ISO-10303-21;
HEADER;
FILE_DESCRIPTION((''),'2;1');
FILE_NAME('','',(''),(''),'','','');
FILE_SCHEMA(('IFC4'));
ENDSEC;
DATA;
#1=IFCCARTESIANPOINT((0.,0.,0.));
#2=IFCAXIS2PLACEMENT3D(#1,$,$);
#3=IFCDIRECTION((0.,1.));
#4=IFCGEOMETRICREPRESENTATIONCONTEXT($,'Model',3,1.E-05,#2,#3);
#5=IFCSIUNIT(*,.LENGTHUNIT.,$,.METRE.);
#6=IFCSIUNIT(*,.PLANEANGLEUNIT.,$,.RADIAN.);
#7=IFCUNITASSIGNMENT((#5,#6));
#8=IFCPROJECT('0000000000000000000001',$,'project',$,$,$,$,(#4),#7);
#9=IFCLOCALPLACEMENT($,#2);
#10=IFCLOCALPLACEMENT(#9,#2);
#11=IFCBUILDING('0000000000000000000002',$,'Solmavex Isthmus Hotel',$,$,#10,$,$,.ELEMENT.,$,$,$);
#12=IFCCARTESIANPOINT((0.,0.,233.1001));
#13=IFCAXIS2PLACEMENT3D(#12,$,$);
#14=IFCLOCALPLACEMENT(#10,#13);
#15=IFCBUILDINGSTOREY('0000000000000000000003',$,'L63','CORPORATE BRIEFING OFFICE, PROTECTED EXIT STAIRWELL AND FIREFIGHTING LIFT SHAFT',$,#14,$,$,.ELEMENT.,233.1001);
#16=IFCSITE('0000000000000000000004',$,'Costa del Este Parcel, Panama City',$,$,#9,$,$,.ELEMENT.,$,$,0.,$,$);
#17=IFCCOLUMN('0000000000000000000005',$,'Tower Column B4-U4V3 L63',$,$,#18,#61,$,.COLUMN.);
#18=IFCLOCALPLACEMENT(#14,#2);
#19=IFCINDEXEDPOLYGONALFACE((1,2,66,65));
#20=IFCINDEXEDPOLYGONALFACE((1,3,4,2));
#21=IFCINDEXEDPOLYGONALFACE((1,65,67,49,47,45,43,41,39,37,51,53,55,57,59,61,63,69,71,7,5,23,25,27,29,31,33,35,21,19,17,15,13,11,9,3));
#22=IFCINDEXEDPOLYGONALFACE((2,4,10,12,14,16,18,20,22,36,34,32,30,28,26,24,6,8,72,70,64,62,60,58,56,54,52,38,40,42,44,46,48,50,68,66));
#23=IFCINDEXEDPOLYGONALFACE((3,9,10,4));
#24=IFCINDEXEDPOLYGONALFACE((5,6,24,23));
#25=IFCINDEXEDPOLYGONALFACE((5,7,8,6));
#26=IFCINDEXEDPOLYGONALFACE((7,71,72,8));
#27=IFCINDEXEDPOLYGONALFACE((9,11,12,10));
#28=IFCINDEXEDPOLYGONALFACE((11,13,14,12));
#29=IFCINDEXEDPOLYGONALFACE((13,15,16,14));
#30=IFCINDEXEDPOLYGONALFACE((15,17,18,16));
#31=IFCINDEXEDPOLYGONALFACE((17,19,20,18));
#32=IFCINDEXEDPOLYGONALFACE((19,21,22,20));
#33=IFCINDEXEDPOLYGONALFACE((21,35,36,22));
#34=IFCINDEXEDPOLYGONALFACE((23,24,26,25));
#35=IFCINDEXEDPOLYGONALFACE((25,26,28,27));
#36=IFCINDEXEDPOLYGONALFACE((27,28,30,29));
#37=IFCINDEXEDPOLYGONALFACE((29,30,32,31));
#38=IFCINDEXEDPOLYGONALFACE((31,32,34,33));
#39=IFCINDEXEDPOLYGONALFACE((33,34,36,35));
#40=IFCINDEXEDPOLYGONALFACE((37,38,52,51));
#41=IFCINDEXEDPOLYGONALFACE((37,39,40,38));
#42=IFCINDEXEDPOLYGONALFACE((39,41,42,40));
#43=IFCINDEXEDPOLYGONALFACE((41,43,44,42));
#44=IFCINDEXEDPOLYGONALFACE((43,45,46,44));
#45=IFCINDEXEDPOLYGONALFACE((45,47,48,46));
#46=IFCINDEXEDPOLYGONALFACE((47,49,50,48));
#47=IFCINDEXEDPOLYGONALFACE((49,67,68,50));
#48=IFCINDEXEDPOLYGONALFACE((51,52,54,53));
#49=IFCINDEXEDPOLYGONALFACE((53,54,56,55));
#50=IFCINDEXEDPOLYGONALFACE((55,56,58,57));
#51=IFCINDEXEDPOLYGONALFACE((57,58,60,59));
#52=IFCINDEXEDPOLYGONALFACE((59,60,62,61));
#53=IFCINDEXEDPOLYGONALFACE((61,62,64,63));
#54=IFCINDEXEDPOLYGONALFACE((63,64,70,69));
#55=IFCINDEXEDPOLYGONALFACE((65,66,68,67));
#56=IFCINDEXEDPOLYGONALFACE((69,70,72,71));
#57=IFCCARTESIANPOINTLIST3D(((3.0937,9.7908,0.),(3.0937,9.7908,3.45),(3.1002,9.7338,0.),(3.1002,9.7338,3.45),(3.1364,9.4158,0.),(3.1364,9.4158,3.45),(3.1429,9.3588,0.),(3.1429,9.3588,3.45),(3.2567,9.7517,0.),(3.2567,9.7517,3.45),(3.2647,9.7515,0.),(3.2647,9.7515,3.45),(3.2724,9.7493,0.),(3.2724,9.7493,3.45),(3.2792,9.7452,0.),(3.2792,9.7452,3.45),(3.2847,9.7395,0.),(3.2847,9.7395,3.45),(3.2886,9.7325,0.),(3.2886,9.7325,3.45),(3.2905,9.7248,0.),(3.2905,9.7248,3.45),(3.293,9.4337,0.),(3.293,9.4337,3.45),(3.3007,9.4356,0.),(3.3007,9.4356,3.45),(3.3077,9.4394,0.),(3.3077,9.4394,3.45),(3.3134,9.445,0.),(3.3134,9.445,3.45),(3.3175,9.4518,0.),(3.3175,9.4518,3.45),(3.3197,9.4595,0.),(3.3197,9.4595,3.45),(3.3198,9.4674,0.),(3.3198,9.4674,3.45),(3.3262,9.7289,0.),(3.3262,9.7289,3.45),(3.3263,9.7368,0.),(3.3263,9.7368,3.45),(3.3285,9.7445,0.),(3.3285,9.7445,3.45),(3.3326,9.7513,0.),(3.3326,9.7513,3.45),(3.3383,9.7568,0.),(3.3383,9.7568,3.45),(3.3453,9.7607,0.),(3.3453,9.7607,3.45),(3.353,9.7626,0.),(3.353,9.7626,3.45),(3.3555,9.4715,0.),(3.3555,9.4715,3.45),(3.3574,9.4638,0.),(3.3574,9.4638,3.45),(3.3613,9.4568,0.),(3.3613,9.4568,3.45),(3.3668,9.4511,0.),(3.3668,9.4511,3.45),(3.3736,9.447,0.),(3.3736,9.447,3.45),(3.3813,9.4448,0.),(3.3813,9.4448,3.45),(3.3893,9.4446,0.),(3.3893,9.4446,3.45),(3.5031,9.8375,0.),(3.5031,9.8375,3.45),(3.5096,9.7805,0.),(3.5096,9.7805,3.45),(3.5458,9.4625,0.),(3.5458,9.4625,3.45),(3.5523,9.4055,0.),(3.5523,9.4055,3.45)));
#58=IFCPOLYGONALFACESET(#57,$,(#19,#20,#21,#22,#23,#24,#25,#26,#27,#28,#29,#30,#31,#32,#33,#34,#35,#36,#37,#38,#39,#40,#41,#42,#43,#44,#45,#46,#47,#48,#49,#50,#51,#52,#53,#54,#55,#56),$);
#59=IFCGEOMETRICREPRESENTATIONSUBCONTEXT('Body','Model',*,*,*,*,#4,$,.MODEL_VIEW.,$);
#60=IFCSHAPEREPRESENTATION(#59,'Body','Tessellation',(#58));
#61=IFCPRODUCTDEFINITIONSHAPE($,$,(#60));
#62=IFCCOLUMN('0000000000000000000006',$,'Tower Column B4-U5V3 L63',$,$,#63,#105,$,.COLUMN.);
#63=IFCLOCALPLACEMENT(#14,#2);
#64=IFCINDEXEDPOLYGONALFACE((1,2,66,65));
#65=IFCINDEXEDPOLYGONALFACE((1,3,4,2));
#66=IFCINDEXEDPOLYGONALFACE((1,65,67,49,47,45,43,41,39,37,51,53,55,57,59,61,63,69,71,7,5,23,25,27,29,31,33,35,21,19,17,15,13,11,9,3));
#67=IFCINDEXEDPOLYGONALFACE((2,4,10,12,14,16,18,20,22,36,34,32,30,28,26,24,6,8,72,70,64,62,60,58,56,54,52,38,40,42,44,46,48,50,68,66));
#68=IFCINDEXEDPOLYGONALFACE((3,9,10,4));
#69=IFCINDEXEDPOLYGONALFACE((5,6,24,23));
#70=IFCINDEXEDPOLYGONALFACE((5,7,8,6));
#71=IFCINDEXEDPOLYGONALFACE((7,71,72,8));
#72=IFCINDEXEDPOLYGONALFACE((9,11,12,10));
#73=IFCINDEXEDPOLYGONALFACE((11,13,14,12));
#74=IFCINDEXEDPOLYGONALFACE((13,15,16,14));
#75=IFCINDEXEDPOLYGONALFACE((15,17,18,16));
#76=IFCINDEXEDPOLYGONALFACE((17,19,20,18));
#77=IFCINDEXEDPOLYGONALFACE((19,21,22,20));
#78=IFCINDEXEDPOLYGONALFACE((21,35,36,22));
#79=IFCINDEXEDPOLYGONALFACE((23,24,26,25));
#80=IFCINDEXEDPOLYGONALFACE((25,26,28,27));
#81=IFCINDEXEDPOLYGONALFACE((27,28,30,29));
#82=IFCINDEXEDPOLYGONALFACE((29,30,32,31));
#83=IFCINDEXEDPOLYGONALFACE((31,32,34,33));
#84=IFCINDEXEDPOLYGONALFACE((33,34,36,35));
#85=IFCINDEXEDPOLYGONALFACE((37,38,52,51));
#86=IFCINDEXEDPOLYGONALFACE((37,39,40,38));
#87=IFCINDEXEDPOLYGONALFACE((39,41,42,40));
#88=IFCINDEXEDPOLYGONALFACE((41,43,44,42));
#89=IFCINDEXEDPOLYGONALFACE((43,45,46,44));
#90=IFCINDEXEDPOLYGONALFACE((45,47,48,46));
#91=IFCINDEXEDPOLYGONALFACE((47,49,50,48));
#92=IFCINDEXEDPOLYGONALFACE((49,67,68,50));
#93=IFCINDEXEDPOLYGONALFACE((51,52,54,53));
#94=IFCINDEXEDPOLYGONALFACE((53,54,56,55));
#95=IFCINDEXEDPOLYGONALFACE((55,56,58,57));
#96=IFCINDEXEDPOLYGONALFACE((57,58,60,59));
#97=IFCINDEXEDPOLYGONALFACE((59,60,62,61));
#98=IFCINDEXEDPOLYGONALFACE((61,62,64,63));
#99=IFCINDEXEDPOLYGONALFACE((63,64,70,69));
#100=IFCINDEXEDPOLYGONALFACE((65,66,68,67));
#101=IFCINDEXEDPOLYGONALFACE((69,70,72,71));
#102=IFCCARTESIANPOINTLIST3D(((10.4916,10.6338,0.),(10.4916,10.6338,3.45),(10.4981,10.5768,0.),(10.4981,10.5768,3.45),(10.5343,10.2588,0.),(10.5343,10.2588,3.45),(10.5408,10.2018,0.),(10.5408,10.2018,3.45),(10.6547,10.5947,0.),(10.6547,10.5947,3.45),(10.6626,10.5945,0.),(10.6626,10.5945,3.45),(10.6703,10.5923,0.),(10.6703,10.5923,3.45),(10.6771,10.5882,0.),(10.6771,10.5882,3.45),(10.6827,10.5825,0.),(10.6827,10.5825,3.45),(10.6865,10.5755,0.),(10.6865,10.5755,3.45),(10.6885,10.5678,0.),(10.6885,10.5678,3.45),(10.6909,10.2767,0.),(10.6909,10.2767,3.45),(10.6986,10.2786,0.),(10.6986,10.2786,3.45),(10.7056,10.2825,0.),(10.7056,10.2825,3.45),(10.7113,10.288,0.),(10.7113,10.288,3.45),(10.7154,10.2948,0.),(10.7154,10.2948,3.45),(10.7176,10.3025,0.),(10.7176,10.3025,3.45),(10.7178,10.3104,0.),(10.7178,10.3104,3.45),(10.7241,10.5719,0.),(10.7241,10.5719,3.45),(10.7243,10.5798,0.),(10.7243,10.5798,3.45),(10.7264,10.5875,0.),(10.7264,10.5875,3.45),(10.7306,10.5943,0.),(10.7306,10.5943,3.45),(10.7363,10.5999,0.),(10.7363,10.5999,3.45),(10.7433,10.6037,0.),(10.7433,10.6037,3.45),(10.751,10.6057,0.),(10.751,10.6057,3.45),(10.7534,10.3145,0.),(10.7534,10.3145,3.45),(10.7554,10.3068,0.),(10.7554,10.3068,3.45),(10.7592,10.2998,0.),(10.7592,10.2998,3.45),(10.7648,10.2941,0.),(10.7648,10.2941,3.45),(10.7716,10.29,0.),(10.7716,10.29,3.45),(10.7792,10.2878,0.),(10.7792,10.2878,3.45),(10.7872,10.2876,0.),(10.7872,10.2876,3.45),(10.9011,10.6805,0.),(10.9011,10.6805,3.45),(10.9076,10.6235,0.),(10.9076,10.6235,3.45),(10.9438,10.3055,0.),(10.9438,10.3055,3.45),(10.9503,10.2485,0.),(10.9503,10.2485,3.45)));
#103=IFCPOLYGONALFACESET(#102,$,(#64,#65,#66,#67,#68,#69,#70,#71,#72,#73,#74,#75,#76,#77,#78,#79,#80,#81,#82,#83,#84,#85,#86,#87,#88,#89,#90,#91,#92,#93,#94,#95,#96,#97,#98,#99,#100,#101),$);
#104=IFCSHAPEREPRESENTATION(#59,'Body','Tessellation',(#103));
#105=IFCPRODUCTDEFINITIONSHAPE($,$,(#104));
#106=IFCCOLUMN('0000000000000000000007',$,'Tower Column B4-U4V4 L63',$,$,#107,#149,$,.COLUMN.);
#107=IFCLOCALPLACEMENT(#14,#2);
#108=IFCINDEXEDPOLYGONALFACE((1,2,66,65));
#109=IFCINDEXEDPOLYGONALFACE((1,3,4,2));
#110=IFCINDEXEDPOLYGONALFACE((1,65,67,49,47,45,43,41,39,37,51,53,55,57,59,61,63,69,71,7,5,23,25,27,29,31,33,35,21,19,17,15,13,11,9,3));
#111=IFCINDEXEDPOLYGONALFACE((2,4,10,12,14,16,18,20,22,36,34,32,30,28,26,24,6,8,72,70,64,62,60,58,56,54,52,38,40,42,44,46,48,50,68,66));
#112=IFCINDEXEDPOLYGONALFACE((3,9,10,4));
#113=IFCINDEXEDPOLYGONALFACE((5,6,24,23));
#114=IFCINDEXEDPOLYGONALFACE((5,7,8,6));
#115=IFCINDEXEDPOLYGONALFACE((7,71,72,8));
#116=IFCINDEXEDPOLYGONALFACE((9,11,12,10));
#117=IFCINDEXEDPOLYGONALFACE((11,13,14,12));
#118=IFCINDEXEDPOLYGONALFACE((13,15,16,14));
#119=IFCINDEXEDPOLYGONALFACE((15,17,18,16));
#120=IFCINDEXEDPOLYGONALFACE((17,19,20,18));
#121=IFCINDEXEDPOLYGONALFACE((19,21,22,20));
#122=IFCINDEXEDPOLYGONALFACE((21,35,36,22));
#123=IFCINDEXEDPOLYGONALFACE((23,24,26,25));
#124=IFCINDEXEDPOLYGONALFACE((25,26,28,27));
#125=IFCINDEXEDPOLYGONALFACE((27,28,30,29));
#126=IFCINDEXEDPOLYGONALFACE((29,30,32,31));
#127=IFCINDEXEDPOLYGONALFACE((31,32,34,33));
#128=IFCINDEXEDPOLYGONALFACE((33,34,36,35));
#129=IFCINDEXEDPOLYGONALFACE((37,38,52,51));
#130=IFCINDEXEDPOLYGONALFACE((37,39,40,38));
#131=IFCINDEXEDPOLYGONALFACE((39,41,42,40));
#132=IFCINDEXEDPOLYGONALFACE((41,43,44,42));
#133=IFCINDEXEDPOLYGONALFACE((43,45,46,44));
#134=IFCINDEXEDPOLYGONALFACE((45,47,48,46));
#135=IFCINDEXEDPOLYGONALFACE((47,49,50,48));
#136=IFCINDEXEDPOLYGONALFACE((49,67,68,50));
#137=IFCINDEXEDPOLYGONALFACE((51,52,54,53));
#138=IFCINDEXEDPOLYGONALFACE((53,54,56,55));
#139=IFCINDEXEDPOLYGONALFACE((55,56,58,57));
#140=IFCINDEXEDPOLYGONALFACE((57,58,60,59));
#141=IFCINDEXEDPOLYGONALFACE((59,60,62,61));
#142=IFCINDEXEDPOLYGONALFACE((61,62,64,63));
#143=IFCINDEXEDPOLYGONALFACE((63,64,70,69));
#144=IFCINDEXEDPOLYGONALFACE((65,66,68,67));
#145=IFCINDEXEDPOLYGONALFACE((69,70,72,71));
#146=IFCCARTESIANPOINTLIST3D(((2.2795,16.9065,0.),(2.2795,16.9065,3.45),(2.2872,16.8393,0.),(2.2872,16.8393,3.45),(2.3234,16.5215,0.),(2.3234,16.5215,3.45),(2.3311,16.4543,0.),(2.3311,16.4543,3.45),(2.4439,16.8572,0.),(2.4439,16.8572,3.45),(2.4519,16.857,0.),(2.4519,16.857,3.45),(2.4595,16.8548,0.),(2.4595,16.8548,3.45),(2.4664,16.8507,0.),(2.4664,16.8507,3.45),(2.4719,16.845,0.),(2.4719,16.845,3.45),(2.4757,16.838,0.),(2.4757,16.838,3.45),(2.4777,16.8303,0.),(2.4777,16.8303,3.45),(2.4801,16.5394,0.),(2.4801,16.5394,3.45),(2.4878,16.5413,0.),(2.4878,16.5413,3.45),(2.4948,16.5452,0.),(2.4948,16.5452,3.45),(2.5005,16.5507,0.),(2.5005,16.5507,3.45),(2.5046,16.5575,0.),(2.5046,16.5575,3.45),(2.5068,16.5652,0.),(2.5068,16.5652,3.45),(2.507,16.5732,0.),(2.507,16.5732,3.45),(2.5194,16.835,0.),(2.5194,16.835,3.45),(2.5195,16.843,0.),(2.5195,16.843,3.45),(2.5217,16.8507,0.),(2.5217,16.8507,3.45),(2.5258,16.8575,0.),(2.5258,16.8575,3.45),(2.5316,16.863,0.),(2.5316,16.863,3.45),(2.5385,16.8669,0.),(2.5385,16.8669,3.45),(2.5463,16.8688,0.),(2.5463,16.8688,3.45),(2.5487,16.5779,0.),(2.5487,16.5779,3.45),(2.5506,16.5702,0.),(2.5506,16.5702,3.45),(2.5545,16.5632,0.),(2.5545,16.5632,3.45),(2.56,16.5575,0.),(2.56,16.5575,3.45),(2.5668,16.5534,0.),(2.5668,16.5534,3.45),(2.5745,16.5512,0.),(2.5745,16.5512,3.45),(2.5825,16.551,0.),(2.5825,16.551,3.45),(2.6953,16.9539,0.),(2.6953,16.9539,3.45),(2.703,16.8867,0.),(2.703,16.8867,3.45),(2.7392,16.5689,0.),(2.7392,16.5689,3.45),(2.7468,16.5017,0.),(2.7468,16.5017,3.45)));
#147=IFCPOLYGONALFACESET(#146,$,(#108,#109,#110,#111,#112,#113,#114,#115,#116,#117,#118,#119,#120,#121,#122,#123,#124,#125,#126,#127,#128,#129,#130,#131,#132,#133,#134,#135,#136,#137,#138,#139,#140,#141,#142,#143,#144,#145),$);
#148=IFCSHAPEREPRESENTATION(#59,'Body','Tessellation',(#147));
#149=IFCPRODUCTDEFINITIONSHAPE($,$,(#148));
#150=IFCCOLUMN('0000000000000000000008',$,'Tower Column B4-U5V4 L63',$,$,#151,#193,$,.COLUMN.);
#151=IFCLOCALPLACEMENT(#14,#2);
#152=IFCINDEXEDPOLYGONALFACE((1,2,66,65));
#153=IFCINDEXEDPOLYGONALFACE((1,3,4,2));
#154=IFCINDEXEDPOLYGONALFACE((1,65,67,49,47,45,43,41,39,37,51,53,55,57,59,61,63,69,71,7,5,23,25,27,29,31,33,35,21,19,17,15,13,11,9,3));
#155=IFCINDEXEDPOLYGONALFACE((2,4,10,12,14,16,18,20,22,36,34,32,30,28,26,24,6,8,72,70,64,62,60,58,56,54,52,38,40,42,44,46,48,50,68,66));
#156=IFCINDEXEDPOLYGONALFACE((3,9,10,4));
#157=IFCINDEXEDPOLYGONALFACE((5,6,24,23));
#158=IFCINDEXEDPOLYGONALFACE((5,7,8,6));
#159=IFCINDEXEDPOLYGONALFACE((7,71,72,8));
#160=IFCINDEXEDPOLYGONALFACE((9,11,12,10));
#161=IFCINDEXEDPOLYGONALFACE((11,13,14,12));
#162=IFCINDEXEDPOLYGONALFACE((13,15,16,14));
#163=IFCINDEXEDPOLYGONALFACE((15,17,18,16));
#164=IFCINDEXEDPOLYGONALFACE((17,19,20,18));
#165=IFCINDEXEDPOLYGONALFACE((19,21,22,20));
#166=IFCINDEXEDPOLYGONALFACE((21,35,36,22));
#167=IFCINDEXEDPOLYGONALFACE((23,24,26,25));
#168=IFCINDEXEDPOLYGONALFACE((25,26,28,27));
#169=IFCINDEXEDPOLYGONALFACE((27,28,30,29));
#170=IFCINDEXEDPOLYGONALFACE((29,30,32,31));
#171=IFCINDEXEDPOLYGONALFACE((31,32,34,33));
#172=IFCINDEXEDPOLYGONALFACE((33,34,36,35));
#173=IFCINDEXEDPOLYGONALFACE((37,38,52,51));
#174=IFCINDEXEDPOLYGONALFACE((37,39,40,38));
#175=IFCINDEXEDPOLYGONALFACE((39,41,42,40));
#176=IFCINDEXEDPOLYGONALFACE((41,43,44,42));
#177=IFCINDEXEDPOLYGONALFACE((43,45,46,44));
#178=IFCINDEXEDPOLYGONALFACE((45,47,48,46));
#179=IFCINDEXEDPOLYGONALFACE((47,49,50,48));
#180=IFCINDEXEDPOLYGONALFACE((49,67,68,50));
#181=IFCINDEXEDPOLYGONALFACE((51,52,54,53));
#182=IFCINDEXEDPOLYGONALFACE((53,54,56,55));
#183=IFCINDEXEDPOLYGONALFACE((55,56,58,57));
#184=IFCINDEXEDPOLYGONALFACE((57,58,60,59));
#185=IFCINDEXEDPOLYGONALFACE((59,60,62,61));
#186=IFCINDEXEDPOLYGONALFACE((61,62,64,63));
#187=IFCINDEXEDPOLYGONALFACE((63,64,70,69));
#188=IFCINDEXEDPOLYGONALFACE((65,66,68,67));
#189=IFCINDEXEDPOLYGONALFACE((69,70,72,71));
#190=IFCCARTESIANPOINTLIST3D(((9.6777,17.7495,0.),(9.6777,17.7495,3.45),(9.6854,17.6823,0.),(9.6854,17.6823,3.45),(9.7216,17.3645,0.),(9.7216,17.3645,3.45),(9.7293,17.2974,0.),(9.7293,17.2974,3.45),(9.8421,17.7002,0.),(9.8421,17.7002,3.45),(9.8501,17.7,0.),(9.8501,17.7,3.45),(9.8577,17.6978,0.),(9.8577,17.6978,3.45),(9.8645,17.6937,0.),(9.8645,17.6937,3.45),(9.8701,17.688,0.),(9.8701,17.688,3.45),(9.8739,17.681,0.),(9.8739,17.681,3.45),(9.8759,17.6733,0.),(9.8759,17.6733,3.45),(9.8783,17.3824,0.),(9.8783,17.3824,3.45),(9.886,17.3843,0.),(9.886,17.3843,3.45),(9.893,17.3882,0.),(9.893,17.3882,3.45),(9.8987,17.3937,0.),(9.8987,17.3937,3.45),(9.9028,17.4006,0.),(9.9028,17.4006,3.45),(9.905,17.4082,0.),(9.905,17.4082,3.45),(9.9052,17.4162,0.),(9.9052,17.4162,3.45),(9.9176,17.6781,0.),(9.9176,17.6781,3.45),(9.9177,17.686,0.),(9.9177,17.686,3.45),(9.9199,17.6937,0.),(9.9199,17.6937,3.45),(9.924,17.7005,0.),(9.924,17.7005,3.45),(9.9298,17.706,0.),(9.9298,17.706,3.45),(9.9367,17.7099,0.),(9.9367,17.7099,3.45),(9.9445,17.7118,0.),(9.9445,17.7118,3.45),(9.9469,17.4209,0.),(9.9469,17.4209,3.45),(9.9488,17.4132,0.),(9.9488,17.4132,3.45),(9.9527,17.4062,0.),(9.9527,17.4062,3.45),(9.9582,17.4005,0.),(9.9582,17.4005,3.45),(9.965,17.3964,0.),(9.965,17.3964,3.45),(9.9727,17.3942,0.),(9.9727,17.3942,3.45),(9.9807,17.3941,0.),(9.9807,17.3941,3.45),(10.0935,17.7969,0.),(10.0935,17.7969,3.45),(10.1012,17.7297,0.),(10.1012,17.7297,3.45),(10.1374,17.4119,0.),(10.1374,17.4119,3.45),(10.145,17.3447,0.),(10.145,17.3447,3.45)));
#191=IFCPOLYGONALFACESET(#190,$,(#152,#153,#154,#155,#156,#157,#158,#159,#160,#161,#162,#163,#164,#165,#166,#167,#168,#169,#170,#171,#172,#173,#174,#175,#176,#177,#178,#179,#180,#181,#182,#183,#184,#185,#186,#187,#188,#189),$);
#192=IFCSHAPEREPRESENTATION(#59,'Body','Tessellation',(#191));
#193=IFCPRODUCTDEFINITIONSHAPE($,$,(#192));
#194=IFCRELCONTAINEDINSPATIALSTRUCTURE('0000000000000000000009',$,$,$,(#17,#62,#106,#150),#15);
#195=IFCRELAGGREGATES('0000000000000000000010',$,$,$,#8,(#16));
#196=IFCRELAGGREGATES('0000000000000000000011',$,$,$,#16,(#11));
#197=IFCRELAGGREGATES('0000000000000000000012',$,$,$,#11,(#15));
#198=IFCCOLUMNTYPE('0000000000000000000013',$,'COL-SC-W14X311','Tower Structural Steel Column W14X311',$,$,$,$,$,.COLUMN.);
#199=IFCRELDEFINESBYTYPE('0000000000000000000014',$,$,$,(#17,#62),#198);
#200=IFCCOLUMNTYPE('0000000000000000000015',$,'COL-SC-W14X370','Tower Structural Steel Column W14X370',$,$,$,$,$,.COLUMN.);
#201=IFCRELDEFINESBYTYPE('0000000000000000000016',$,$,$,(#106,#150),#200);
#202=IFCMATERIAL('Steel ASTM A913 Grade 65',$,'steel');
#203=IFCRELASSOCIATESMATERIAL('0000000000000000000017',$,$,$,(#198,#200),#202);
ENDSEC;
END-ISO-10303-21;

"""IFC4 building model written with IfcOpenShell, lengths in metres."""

from ifc_helpers import new_model, si_unit, direction, frame, origin, origin_2d, place, context, subcontext, project, spatial, i_section, extrude, material, material_profile, profile_set, type_object, element, save


model = new_model("IFC4")

# Units and contexts
model_context = context("Model", 3, precision=1e-05, world=origin(), true_north=direction((0.0, 1.0)))
body_context = subcontext(model_context, "Body", "Model", "MODEL_VIEW")
ifc_project = project(units=[si_unit("LENGTHUNIT", "METRE"), si_unit("PLANEANGLEUNIT", "RADIAN")], contexts=[model_context])

# Site, building, storey
site_placement = place(None, origin())
site = spatial("IfcSite", under=ifc_project, at=site_placement, Name="Costa del Este Parcel, Panama City", CompositionType="ELEMENT", RefElevation=0.0)
building_placement = place(site_placement, origin())
building = spatial("IfcBuilding", under=site, at=building_placement, Name="Solmavex Isthmus Hotel", CompositionType="ELEMENT")
storey_placement = place(building_placement, frame((0.0, 0.0, 233.1001)))
storey = spatial("IfcBuildingStorey", under=building, at=storey_placement, Name="L63", Description="CORPORATE BRIEFING OFFICE, PROTECTED EXIT STAIRWELL AND FIREFIGHTING LIFT SHAFT", CompositionType="ELEMENT", Elevation=233.1001)

# Columns
ifc_material_1 = material(Name="Steel ASTM A913 Grade 65", Category="steel")
ifc_material_profile_1 = material_profile(ifc_material_1, i_section(OverallWidth=0.4121, OverallDepth=0.4348, WebThickness=0.0359, FlangeThickness=0.0574, FilletRadius=0.0305, at=origin_2d()), Name="W14X311")
ifc_profile_set_1 = profile_set([ifc_material_profile_1], Name="Steel ASTM A913 Grade 65")
column_type_1 = type_object("IfcColumnType", Name="COL-SC-W14X311", Description="Tower Structural Steel Column W14X311", PredefinedType="COLUMN", material=ifc_profile_set_1)
for number, where, z_axis, x_axis, name in (
    (1, (3.323, 9.5981, 0.0), (0.0, 0.0, 1.0), (0.993572, 0.113203, 0.0), "Tower Column B4-U4V3 L63"),
    (2, (10.7209, 10.4412, 0.0), (0.0, 0.0, 1.0), (0.993572, 0.113203, 0.0), "Tower Column B4-U5V3 L63"),
):
    element("IfcColumn", number, at=place(storey_placement, frame(where, z_axis=z_axis, x_axis=x_axis)), inside=storey, type_object=column_type_1, Name=name, PredefinedType="COLUMN", context=body_context, shape_type="SweptSolid", body=[
        extrude(i_section(OverallWidth=0.4121, OverallDepth=0.4348, WebThickness=0.0359, FlangeThickness=0.0574, FilletRadius=0.0305, at=origin_2d()), origin(), (0.0, 0.0, 1.0), 3.45),
    ])
ifc_material_profile_2 = material_profile(ifc_material_1, i_section(OverallWidth=0.4185, OverallDepth=0.4551, WebThickness=0.042, FlangeThickness=0.0676, FilletRadius=0.0305, at=origin_2d()), Name="W14X370")
ifc_profile_set_2 = profile_set([ifc_material_profile_2], Name="Steel ASTM A913 Grade 65")
column_type_2 = type_object("IfcColumnType", Name="COL-SC-W14X370", Description="Tower Structural Steel Column W14X370", PredefinedType="COLUMN", material=ifc_profile_set_2)
for number, where, z_axis, x_axis, name in (
    (3, (2.5132, 16.7041, 0.0), (0.0, 0.0, 1.0), (0.993572, 0.113203, 0.0), "Tower Column B4-U4V4 L63"),
    (4, (9.9114, 17.5471, 0.0), (0.0, 0.0, 1.0), (0.993572, 0.113203, 0.0), "Tower Column B4-U5V4 L63"),
):
    element("IfcColumn", number, at=place(storey_placement, frame(where, z_axis=z_axis, x_axis=x_axis)), inside=storey, type_object=column_type_2, Name=name, PredefinedType="COLUMN", context=body_context, shape_type="SweptSolid", body=[
        extrude(i_section(OverallWidth=0.4185, OverallDepth=0.4551, WebThickness=0.042, FlangeThickness=0.0676, FilletRadius=0.0305, at=origin_2d()), origin(), (0.0, 0.0, 1.0), 3.45),
    ])

save(model, "model.ifc")
